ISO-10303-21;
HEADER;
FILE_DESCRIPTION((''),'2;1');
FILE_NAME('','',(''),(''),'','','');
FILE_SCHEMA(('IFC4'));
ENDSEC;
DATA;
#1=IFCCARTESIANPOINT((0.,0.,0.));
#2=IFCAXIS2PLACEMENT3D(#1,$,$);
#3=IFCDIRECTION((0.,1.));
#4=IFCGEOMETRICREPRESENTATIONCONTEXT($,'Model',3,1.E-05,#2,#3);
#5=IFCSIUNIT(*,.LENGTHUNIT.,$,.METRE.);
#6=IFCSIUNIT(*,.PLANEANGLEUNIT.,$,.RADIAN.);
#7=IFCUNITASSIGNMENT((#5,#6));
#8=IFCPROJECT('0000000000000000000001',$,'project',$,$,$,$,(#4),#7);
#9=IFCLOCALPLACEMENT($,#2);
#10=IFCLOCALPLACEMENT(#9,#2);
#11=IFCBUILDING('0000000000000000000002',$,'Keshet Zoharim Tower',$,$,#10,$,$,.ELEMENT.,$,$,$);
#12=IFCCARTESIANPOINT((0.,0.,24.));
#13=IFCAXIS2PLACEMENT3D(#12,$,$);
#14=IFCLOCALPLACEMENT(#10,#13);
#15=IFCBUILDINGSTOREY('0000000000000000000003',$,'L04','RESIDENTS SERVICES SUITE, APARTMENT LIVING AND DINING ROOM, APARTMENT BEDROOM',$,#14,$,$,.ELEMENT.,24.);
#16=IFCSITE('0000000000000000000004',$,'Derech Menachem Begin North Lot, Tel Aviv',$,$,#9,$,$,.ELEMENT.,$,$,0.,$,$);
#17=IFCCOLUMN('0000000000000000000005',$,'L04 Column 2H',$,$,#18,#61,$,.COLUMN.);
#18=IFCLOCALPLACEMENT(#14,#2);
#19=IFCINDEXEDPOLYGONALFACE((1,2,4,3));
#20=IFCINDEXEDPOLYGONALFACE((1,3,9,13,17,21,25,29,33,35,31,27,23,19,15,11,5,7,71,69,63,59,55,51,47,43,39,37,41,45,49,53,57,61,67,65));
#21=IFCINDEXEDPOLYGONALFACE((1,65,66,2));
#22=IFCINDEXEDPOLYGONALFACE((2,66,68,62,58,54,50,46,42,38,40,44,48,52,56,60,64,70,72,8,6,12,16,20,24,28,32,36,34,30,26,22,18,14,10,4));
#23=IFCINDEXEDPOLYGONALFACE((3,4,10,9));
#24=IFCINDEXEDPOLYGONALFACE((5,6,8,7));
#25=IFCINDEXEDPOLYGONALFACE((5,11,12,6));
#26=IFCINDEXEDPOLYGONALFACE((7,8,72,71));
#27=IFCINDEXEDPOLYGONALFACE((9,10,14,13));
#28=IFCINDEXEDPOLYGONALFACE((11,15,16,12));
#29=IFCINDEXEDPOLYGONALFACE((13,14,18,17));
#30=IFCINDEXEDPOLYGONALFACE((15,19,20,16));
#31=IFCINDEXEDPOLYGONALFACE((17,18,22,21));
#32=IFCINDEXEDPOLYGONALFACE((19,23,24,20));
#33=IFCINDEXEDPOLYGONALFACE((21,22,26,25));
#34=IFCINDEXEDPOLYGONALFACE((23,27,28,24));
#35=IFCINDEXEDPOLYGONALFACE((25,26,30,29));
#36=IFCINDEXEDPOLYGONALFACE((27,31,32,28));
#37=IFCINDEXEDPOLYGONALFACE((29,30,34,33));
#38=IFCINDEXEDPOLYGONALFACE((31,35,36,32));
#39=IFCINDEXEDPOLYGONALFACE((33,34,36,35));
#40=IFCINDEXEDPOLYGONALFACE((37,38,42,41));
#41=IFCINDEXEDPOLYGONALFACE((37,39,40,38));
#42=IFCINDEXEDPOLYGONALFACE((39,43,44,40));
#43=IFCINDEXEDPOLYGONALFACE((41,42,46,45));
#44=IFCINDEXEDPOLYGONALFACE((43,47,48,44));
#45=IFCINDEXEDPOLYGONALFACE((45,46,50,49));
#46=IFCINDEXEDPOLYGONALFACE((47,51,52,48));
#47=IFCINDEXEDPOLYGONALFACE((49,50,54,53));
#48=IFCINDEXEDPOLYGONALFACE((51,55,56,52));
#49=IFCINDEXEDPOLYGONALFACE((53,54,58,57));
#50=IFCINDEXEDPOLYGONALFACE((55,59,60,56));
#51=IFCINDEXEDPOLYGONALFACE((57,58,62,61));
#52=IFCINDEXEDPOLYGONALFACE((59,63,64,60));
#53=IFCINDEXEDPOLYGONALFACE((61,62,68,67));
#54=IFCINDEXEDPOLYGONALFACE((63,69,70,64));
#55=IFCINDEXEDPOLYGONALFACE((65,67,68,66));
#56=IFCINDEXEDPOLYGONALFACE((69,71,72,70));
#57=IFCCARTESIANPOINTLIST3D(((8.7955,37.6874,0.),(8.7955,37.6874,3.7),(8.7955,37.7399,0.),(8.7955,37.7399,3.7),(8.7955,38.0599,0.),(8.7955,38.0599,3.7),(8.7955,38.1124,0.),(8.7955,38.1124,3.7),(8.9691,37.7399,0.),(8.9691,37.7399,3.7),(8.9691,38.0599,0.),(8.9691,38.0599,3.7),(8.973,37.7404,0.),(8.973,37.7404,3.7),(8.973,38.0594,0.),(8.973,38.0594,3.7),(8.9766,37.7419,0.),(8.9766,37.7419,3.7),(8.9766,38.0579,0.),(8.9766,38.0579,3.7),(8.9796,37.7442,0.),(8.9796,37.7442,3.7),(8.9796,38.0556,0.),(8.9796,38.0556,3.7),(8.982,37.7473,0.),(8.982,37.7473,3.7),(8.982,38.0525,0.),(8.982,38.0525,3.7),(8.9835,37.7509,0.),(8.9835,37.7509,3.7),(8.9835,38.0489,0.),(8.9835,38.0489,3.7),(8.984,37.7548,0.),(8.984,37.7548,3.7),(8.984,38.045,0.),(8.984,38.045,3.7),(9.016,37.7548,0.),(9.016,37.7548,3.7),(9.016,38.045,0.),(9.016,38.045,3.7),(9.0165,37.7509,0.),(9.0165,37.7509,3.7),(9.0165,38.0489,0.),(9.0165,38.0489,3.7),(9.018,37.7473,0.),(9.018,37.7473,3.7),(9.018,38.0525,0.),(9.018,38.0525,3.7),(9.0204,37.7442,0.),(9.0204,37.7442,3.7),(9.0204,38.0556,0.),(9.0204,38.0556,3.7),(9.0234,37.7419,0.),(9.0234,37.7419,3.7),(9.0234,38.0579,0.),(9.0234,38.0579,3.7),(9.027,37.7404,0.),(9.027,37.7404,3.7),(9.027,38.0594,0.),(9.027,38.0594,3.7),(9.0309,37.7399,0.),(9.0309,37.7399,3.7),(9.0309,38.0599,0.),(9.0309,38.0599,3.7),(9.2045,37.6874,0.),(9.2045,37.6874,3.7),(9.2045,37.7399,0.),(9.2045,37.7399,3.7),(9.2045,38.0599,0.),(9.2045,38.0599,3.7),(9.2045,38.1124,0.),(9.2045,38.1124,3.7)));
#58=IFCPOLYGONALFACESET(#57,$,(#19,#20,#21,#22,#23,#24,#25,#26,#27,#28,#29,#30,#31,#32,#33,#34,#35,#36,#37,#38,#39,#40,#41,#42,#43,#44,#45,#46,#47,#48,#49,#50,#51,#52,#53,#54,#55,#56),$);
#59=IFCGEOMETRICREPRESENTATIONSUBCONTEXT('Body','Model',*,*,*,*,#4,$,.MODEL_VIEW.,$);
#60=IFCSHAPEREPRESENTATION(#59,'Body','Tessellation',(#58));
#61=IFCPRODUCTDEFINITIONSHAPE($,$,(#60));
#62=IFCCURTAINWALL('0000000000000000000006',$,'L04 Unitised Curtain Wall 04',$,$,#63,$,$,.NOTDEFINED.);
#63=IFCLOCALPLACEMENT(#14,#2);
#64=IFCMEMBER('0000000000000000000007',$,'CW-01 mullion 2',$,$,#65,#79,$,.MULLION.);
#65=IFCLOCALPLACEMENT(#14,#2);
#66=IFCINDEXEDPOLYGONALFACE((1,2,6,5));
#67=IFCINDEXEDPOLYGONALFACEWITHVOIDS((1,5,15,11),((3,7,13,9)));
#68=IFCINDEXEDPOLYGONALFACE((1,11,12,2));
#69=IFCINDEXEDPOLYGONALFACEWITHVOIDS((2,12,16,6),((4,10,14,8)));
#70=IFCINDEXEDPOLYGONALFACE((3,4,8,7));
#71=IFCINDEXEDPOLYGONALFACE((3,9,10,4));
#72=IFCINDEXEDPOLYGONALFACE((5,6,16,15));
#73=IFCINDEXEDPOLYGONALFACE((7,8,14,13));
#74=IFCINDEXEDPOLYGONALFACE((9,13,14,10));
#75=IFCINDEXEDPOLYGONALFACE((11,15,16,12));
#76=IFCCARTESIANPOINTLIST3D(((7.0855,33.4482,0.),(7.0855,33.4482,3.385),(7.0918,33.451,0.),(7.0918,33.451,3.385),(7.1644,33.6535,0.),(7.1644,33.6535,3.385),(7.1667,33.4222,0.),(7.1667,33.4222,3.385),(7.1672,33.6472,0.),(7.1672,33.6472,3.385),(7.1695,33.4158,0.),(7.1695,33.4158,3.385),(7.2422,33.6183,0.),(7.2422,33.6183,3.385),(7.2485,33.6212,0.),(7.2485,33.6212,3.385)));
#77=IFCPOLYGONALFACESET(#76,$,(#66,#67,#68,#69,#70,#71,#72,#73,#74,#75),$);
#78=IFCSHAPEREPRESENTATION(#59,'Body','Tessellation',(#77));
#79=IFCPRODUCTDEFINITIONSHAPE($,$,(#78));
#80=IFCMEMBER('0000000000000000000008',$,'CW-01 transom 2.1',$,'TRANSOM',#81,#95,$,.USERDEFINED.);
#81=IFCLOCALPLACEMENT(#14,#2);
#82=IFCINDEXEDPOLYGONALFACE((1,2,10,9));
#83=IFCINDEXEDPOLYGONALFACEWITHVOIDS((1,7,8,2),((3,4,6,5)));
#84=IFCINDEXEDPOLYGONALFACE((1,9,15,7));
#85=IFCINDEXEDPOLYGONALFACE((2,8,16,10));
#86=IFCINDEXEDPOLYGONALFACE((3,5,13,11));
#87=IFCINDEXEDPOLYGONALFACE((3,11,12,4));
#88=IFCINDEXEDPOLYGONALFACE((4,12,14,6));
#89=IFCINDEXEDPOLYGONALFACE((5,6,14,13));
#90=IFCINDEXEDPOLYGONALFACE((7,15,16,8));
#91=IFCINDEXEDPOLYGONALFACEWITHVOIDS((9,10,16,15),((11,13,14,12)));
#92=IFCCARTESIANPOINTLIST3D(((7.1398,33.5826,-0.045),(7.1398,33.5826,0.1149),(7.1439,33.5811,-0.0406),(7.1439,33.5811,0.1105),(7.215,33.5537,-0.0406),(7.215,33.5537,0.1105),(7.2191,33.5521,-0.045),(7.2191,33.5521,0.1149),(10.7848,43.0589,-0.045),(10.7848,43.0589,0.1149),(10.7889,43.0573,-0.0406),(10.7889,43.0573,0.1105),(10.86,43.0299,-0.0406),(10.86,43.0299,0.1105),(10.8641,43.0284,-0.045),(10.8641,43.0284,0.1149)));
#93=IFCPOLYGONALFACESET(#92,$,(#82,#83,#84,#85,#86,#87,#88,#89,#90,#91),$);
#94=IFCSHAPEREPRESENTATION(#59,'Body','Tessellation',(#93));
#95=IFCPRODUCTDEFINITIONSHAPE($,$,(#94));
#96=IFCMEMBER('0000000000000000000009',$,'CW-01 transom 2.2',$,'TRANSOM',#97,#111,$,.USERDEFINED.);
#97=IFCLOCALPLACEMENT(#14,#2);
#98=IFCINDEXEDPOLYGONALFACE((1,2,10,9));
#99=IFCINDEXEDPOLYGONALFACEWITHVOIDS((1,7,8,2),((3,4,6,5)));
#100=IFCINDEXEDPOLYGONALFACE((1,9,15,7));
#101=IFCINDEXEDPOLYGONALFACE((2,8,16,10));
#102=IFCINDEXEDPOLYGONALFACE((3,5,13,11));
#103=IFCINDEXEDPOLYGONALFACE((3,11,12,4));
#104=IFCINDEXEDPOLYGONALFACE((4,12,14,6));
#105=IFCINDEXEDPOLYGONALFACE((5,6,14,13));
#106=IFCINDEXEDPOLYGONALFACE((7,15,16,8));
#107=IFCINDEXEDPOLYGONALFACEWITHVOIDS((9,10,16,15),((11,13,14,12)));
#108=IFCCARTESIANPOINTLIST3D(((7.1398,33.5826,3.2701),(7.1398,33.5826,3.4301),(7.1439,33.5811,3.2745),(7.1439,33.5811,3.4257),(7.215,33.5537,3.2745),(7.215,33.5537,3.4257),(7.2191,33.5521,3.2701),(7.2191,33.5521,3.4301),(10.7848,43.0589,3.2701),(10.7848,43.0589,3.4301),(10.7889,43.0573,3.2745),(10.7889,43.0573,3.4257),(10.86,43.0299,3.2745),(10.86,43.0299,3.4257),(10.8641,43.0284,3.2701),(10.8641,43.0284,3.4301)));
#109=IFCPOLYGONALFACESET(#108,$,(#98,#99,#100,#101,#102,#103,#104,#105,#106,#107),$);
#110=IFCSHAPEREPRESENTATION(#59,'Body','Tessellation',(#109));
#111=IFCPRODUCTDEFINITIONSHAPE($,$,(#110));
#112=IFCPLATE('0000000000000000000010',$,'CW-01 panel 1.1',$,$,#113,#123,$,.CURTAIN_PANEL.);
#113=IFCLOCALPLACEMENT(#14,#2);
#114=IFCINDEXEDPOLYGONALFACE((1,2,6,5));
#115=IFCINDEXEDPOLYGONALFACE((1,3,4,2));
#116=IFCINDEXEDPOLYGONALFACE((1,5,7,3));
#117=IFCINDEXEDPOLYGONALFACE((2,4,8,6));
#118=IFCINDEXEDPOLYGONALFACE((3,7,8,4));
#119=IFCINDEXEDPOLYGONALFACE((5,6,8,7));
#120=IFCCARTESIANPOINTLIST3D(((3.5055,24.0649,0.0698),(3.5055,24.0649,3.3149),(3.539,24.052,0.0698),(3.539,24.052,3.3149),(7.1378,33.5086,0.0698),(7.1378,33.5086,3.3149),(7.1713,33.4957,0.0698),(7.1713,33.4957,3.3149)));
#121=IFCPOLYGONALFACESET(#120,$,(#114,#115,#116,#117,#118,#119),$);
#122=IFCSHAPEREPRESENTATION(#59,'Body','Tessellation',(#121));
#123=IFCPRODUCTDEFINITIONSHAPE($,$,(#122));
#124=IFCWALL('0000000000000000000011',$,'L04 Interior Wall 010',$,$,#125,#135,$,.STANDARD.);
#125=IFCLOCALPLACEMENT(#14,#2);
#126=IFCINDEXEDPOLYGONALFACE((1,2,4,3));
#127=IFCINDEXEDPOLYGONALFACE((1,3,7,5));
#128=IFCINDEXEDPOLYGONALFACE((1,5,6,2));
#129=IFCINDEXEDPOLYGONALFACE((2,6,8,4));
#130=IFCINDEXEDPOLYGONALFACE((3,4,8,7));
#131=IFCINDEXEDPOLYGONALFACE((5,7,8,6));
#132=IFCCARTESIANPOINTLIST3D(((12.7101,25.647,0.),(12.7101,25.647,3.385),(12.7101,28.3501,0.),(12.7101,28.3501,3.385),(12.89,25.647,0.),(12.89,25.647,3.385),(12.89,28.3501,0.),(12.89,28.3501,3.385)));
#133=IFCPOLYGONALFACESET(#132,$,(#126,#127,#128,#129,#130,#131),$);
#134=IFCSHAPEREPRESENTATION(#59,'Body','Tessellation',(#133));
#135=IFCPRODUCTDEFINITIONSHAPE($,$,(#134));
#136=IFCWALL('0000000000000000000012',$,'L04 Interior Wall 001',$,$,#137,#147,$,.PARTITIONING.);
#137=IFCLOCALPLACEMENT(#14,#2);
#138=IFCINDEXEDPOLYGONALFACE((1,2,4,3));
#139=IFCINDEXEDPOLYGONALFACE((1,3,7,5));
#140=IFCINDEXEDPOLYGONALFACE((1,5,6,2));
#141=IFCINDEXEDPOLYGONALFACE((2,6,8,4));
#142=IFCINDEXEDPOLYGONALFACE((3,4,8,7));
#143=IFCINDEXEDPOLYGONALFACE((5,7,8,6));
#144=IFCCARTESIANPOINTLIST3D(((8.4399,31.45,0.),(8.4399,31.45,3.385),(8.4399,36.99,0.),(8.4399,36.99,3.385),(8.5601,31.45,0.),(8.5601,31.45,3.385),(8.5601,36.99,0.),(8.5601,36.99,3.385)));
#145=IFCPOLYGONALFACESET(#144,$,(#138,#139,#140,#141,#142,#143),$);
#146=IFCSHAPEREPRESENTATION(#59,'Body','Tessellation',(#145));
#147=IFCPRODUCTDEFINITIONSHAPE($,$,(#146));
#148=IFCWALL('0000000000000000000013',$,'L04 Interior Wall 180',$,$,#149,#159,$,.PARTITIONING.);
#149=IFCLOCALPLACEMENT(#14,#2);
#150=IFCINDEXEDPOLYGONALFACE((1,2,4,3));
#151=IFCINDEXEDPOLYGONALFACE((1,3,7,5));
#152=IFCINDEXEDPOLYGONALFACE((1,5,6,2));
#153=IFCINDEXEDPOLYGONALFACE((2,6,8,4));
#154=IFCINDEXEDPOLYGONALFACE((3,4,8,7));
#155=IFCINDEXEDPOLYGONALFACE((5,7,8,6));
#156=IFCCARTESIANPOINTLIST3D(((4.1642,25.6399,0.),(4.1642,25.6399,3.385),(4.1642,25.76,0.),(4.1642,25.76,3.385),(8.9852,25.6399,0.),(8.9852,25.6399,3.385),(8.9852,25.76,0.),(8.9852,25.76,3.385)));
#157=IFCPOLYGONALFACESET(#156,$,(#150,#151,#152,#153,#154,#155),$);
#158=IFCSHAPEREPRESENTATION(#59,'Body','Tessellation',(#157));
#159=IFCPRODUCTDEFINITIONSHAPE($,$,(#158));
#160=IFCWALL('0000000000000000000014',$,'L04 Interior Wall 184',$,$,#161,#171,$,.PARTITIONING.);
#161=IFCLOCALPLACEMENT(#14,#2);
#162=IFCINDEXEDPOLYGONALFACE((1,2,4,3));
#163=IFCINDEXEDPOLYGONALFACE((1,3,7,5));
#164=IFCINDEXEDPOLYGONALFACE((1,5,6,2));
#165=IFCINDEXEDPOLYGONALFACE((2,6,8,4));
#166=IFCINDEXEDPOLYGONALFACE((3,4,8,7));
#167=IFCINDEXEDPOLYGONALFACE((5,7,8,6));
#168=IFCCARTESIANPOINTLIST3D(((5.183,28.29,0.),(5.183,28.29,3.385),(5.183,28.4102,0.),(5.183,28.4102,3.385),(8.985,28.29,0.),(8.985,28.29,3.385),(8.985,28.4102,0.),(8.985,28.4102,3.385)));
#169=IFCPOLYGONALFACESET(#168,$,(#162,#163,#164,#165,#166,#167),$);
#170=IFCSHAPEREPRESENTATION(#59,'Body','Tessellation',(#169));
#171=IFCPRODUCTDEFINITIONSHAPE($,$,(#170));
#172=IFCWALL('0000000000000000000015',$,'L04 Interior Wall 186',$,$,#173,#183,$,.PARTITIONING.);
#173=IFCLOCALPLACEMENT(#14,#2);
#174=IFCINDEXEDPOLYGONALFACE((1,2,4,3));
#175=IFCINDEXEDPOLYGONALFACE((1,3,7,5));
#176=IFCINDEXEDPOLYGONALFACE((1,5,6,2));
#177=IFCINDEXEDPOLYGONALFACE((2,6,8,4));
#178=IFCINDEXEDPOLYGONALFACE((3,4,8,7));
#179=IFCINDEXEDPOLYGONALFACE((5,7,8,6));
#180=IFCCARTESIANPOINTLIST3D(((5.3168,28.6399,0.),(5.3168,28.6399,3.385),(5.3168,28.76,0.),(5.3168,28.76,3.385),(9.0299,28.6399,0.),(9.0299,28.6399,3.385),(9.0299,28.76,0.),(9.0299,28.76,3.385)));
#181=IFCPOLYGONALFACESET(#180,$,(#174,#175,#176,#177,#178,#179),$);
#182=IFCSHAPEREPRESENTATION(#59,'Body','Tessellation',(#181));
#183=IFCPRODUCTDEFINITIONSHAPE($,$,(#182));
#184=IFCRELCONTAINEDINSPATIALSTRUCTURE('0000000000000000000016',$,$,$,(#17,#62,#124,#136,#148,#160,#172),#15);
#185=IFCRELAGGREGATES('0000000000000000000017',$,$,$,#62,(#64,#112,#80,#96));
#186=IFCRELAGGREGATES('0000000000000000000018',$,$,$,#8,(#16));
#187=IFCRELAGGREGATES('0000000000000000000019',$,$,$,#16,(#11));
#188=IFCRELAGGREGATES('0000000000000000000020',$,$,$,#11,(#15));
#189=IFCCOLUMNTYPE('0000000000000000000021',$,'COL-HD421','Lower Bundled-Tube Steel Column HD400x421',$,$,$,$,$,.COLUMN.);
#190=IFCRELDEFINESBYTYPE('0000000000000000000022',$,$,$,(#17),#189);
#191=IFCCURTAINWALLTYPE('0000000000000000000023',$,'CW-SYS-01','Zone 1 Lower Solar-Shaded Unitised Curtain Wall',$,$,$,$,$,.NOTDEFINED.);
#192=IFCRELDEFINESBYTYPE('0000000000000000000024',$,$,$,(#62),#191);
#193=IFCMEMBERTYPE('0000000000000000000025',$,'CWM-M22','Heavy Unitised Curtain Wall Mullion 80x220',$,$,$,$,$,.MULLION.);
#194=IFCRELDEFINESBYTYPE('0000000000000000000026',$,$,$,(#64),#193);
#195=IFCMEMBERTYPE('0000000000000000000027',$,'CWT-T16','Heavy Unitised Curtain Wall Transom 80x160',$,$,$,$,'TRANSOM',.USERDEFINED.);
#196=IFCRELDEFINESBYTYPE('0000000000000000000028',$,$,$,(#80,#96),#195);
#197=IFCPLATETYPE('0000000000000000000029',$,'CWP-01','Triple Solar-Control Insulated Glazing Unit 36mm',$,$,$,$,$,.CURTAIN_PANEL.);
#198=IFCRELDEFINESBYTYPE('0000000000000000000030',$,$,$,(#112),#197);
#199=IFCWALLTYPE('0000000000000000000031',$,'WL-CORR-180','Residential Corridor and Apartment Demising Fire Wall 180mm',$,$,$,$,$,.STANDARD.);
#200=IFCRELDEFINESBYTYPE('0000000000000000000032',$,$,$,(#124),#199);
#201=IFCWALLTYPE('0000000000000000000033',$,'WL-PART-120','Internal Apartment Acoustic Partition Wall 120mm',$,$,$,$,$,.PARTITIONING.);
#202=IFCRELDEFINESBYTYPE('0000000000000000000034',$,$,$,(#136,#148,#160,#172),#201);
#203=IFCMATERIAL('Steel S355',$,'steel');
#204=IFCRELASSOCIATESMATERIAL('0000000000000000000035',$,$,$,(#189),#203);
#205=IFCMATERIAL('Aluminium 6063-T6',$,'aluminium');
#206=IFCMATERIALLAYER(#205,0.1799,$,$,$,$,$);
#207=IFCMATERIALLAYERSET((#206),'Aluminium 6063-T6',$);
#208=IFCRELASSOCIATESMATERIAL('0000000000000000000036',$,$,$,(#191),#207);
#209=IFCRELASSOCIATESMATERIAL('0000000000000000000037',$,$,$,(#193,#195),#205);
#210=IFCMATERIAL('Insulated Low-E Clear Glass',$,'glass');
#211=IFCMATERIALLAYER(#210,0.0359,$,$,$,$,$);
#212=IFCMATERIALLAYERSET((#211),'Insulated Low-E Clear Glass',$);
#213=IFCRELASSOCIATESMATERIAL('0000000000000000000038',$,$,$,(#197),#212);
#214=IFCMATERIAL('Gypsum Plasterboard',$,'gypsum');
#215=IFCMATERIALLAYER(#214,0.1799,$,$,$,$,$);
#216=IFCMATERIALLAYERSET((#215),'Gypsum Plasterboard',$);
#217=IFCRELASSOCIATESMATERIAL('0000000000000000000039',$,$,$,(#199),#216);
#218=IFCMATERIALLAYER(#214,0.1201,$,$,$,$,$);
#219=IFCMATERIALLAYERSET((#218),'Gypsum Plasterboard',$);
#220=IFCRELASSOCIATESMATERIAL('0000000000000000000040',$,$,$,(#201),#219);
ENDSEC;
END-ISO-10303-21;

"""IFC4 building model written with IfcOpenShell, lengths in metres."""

from ifc_helpers import new_model, si_unit, direction, frame, frame_2d, origin, origin_2d, place, context, subcontext, project, spatial, rectangle, hollow_rectangle, i_section, extrude, material, layer, layer_set, material_profile, profile_set, type_object, element, aggregate, save


model = new_model("IFC4")

# Units and contexts
model_context = context("Model", 3, precision=1e-05, world=origin(), true_north=direction((0.0, 1.0)))
body_context = subcontext(model_context, "Body", "Model", "MODEL_VIEW")
ifc_project = project(units=[si_unit("LENGTHUNIT", "METRE"), si_unit("PLANEANGLEUNIT", "RADIAN")], contexts=[model_context])

# Site, building, storey
site_placement = place(None, origin())
site = spatial("IfcSite", under=ifc_project, at=site_placement, Name="Derech Menachem Begin North Lot, Tel Aviv", CompositionType="ELEMENT", RefElevation=0.0)
building_placement = place(site_placement, origin())
building = spatial("IfcBuilding", under=site, at=building_placement, Name="Keshet Zoharim Tower", CompositionType="ELEMENT")
storey_placement = place(building_placement, frame((0.0, 0.0, 24.0)))
storey = spatial("IfcBuildingStorey", under=building, at=storey_placement, Name="L04", Description="RESIDENTS SERVICES SUITE, APARTMENT LIVING AND DINING ROOM, APARTMENT BEDROOM", CompositionType="ELEMENT", Elevation=24.0)

# Column
ifc_material_1 = material(Name="Steel S355", Category="steel")
ifc_material_profile_1 = material_profile(ifc_material_1, i_section(OverallWidth=0.4089, OverallDepth=0.425, WebThickness=0.032, FlangeThickness=0.0525, FilletRadius=0.0149, at=origin_2d()), Name="HD400x421")
ifc_profile_set_1 = profile_set([ifc_material_profile_1], Name="Steel S355")
column_type = type_object("IfcColumnType", Name="COL-HD421", Description="Lower Bundled-Tube Steel Column HD400x421", PredefinedType="COLUMN", material=ifc_profile_set_1)
column_placement = place(storey_placement, frame((9.0, 37.8999, 0.0), z_axis=(0.0, 0.0, 1.0), x_axis=(1.0, 0.0, 0.0)))
element("IfcColumn", 1, at=column_placement, inside=storey, type_object=column_type, Name="L04 Column 2H", PredefinedType="COLUMN", context=body_context, shape_type="SweptSolid", body=[
    extrude(i_section(OverallWidth=0.4089, OverallDepth=0.425, WebThickness=0.032, FlangeThickness=0.0525, FilletRadius=0.0149, at=origin_2d()), origin(), (0.0, 0.0, 1.0), 3.7),
])

# Curtain wall, members, plate
ifc_material_2 = material(Name="Aluminium 6063-T6", Category="aluminium")
ifc_layer_1 = layer(ifc_material_2, 0.1799)
ifc_layer_set_1 = layer_set([ifc_layer_1], Name="Aluminium 6063-T6")
curtain_wall_type = type_object("IfcCurtainWallType", Name="CW-SYS-01", Description="Zone 1 Lower Solar-Shaded Unitised Curtain Wall", PredefinedType="NOTDEFINED", material=ifc_layer_set_1)
curtain_wall_placement = place(storey_placement, origin())
curtain_wall = element("IfcCurtainWall", 2, at=curtain_wall_placement, inside=storey, type_object=curtain_wall_type, Name="L04 Unitised Curtain Wall 04", PredefinedType="NOTDEFINED")
ifc_material_profile_2 = material_profile(ifc_material_2, hollow_rectangle(XDim=0.0901, YDim=0.22, WallThickness=0.0049, at=origin_2d()), Name="MUL-90x220")
ifc_profile_set_2 = profile_set([ifc_material_profile_2], Name="Aluminium 6063-T6")
member_type_1 = type_object("IfcMemberType", Name="CWM-M22", Description="Heavy Unitised Curtain Wall Mullion 80x220", PredefinedType="MULLION", material=ifc_profile_set_2)
member_1_placement = place(storey_placement, frame((7.167, 33.5347, 0.0), z_axis=(0.0, 0.0, 1.0), x_axis=(-0.933341, 0.35899, 0.0)))
member_1 = element("IfcMember", 3, at=member_1_placement, type_object=member_type_1, Name="CW-01 mullion 2", PredefinedType="MULLION", context=body_context, shape_type="SweptSolid", body=[
    extrude(hollow_rectangle(XDim=0.0901, YDim=0.22, WallThickness=0.0049, at=origin_2d()), origin(), (0.0, 0.0, 1.0), 3.385),
])
ifc_material_profile_3 = material_profile(ifc_material_2, hollow_rectangle(XDim=0.085, YDim=0.1599, WallThickness=0.0044, at=origin_2d()), Name="TRN-85x160")
ifc_profile_set_3 = profile_set([ifc_material_profile_3], Name="Aluminium 6063-T6")
member_type_2 = type_object("IfcMemberType", Name="CWT-T16", Description="Heavy Unitised Curtain Wall Transom 80x160", ElementType="TRANSOM", PredefinedType="USERDEFINED", material=ifc_profile_set_3)
member_2_placement = place(storey_placement, frame((7.1794, 33.5674, 0.0349), z_axis=(0.359003, 0.933336, 0.0), x_axis=(-0.933336, 0.359003, 0.0)))
member_2 = element("IfcMember", 4, at=member_2_placement, type_object=member_type_2, Name="CW-01 transom 2.1", ObjectType="TRANSOM", PredefinedType="USERDEFINED", context=body_context, shape_type="SweptSolid", body=[
    extrude(hollow_rectangle(XDim=0.085, YDim=0.1599, WallThickness=0.0044, at=origin_2d()), origin(), (0.0, 0.0, 1.0), 10.1531),
])
member_3_placement = place(storey_placement, frame((7.1794, 33.5674, 3.3501), z_axis=(0.359003, 0.933336, 0.0), x_axis=(-0.933336, 0.359003, 0.0)))
member_3 = element("IfcMember", 5, at=member_3_placement, type_object=member_type_2, Name="CW-01 transom 2.2", ObjectType="TRANSOM", PredefinedType="USERDEFINED", context=body_context, shape_type="SweptSolid", body=[
    extrude(hollow_rectangle(XDim=0.085, YDim=0.1599, WallThickness=0.0044, at=origin_2d()), origin(), (0.0, 0.0, 1.0), 10.1531),
])
ifc_material_3 = material(Name="Insulated Low-E Clear Glass", Category="glass")
ifc_layer_2 = layer(ifc_material_3, 0.0359)
ifc_layer_set_2 = layer_set([ifc_layer_2], Name="Insulated Low-E Clear Glass")
plate_type = type_object("IfcPlateType", Name="CWP-01", Description="Triple Solar-Control Insulated Glazing Unit 36mm", PredefinedType="CURTAIN_PANEL", material=ifc_layer_set_2)
plate_placement = place(storey_placement, frame((5.3384, 28.7803, 0.0698), z_axis=(0.0, 0.0, 1.0), x_axis=(0.35899, 0.933341, 0.0)))
plate = element("IfcPlate", 6, at=plate_placement, type_object=plate_type, Name="CW-01 panel 1.1", PredefinedType="CURTAIN_PANEL", context=body_context, shape_type="SweptSolid", body=[
    extrude(rectangle(XDim=10.1182, YDim=0.0359, at=origin_2d()), origin(), (0.0, 0.0, 1.0), 3.2451),
])
aggregate(curtain_wall, [member_1, plate, member_2, member_3])

# Walls
ifc_material_4 = material(Name="Gypsum Plasterboard", Category="gypsum")
ifc_layer_3 = layer(ifc_material_4, 0.1799)
ifc_layer_set_3 = layer_set([ifc_layer_3], Name="Gypsum Plasterboard")
wall_type_1 = type_object("IfcWallType", Name="WL-CORR-180", Description="Residential Corridor and Apartment Demising Fire Wall 180mm", PredefinedType="STANDARD", material=ifc_layer_set_3)
wall_1_placement = place(storey_placement, frame((12.8, 25.647, 0.0), z_axis=(0.0, 0.0, 1.0), x_axis=(0.0, 1.0, 0.0)))
element("IfcWall", 7, at=wall_1_placement, inside=storey, type_object=wall_type_1, Name="L04 Interior Wall 010", PredefinedType="STANDARD", context=body_context, shape_type="SweptSolid", body=[
    extrude(rectangle(XDim=2.7031, YDim=0.1799, at=frame_2d((1.3516, 0.0))), origin(), (0.0, 0.0, 1.0), 3.385),
])
ifc_layer_4 = layer(ifc_material_4, 0.1201)
ifc_layer_set_4 = layer_set([ifc_layer_4], Name="Gypsum Plasterboard")
wall_type_2 = type_object("IfcWallType", Name="WL-PART-120", Description="Internal Apartment Acoustic Partition Wall 120mm", PredefinedType="PARTITIONING", material=ifc_layer_set_4)
wall_2_placement = place(storey_placement, frame((8.5, 31.45, 0.0), z_axis=(0.0, 0.0, 1.0), x_axis=(0.0, 1.0, 0.0)))
element("IfcWall", 8, at=wall_2_placement, inside=storey, type_object=wall_type_2, Name="L04 Interior Wall 001", PredefinedType="PARTITIONING", context=body_context, shape_type="SweptSolid", body=[
    extrude(rectangle(XDim=5.54, YDim=0.1201, at=frame_2d((2.77, 0.0))), origin(), (0.0, 0.0, 1.0), 3.385),
])

# Walls
wall_3_placement = place(storey_placement, frame((4.1641, 25.7, 0.0), z_axis=(0.0, 0.0, 1.0), x_axis=(1.0, 0.0, 0.0)))
element("IfcWall", 9, at=wall_3_placement, inside=storey, type_object=wall_type_2, Name="L04 Interior Wall 180", PredefinedType="PARTITIONING", context=body_context, shape_type="SweptSolid", body=[
    extrude(rectangle(XDim=4.821, YDim=0.1201, at=frame_2d((2.4106, 0.0))), origin(), (0.0, 0.0, 1.0), 3.385),
])
wall_4_placement = place(storey_placement, frame((5.1831, 28.3501, 0.0), z_axis=(0.0, 0.0, 1.0), x_axis=(1.0, 0.0, 0.0)))
element("IfcWall", 10, at=wall_4_placement, inside=storey, type_object=wall_type_2, Name="L04 Interior Wall 184", PredefinedType="PARTITIONING", context=body_context, shape_type="SweptSolid", body=[
    extrude(rectangle(XDim=3.802, YDim=0.1201, at=frame_2d((1.9009, 0.0))), origin(), (0.0, 0.0, 1.0), 3.385),
])
wall_5_placement = place(storey_placement, frame((5.3169, 28.7, 0.0), z_axis=(0.0, 0.0, 1.0), x_axis=(1.0, 0.0, 0.0)))
element("IfcWall", 11, at=wall_5_placement, inside=storey, type_object=wall_type_2, Name="L04 Interior Wall 186", PredefinedType="PARTITIONING", context=body_context, shape_type="SweptSolid", body=[
    extrude(rectangle(XDim=3.7131, YDim=0.1201, at=frame_2d((1.8564, 0.0))), origin(), (0.0, 0.0, 1.0), 3.385),
])

save(model, "model.ifc")
